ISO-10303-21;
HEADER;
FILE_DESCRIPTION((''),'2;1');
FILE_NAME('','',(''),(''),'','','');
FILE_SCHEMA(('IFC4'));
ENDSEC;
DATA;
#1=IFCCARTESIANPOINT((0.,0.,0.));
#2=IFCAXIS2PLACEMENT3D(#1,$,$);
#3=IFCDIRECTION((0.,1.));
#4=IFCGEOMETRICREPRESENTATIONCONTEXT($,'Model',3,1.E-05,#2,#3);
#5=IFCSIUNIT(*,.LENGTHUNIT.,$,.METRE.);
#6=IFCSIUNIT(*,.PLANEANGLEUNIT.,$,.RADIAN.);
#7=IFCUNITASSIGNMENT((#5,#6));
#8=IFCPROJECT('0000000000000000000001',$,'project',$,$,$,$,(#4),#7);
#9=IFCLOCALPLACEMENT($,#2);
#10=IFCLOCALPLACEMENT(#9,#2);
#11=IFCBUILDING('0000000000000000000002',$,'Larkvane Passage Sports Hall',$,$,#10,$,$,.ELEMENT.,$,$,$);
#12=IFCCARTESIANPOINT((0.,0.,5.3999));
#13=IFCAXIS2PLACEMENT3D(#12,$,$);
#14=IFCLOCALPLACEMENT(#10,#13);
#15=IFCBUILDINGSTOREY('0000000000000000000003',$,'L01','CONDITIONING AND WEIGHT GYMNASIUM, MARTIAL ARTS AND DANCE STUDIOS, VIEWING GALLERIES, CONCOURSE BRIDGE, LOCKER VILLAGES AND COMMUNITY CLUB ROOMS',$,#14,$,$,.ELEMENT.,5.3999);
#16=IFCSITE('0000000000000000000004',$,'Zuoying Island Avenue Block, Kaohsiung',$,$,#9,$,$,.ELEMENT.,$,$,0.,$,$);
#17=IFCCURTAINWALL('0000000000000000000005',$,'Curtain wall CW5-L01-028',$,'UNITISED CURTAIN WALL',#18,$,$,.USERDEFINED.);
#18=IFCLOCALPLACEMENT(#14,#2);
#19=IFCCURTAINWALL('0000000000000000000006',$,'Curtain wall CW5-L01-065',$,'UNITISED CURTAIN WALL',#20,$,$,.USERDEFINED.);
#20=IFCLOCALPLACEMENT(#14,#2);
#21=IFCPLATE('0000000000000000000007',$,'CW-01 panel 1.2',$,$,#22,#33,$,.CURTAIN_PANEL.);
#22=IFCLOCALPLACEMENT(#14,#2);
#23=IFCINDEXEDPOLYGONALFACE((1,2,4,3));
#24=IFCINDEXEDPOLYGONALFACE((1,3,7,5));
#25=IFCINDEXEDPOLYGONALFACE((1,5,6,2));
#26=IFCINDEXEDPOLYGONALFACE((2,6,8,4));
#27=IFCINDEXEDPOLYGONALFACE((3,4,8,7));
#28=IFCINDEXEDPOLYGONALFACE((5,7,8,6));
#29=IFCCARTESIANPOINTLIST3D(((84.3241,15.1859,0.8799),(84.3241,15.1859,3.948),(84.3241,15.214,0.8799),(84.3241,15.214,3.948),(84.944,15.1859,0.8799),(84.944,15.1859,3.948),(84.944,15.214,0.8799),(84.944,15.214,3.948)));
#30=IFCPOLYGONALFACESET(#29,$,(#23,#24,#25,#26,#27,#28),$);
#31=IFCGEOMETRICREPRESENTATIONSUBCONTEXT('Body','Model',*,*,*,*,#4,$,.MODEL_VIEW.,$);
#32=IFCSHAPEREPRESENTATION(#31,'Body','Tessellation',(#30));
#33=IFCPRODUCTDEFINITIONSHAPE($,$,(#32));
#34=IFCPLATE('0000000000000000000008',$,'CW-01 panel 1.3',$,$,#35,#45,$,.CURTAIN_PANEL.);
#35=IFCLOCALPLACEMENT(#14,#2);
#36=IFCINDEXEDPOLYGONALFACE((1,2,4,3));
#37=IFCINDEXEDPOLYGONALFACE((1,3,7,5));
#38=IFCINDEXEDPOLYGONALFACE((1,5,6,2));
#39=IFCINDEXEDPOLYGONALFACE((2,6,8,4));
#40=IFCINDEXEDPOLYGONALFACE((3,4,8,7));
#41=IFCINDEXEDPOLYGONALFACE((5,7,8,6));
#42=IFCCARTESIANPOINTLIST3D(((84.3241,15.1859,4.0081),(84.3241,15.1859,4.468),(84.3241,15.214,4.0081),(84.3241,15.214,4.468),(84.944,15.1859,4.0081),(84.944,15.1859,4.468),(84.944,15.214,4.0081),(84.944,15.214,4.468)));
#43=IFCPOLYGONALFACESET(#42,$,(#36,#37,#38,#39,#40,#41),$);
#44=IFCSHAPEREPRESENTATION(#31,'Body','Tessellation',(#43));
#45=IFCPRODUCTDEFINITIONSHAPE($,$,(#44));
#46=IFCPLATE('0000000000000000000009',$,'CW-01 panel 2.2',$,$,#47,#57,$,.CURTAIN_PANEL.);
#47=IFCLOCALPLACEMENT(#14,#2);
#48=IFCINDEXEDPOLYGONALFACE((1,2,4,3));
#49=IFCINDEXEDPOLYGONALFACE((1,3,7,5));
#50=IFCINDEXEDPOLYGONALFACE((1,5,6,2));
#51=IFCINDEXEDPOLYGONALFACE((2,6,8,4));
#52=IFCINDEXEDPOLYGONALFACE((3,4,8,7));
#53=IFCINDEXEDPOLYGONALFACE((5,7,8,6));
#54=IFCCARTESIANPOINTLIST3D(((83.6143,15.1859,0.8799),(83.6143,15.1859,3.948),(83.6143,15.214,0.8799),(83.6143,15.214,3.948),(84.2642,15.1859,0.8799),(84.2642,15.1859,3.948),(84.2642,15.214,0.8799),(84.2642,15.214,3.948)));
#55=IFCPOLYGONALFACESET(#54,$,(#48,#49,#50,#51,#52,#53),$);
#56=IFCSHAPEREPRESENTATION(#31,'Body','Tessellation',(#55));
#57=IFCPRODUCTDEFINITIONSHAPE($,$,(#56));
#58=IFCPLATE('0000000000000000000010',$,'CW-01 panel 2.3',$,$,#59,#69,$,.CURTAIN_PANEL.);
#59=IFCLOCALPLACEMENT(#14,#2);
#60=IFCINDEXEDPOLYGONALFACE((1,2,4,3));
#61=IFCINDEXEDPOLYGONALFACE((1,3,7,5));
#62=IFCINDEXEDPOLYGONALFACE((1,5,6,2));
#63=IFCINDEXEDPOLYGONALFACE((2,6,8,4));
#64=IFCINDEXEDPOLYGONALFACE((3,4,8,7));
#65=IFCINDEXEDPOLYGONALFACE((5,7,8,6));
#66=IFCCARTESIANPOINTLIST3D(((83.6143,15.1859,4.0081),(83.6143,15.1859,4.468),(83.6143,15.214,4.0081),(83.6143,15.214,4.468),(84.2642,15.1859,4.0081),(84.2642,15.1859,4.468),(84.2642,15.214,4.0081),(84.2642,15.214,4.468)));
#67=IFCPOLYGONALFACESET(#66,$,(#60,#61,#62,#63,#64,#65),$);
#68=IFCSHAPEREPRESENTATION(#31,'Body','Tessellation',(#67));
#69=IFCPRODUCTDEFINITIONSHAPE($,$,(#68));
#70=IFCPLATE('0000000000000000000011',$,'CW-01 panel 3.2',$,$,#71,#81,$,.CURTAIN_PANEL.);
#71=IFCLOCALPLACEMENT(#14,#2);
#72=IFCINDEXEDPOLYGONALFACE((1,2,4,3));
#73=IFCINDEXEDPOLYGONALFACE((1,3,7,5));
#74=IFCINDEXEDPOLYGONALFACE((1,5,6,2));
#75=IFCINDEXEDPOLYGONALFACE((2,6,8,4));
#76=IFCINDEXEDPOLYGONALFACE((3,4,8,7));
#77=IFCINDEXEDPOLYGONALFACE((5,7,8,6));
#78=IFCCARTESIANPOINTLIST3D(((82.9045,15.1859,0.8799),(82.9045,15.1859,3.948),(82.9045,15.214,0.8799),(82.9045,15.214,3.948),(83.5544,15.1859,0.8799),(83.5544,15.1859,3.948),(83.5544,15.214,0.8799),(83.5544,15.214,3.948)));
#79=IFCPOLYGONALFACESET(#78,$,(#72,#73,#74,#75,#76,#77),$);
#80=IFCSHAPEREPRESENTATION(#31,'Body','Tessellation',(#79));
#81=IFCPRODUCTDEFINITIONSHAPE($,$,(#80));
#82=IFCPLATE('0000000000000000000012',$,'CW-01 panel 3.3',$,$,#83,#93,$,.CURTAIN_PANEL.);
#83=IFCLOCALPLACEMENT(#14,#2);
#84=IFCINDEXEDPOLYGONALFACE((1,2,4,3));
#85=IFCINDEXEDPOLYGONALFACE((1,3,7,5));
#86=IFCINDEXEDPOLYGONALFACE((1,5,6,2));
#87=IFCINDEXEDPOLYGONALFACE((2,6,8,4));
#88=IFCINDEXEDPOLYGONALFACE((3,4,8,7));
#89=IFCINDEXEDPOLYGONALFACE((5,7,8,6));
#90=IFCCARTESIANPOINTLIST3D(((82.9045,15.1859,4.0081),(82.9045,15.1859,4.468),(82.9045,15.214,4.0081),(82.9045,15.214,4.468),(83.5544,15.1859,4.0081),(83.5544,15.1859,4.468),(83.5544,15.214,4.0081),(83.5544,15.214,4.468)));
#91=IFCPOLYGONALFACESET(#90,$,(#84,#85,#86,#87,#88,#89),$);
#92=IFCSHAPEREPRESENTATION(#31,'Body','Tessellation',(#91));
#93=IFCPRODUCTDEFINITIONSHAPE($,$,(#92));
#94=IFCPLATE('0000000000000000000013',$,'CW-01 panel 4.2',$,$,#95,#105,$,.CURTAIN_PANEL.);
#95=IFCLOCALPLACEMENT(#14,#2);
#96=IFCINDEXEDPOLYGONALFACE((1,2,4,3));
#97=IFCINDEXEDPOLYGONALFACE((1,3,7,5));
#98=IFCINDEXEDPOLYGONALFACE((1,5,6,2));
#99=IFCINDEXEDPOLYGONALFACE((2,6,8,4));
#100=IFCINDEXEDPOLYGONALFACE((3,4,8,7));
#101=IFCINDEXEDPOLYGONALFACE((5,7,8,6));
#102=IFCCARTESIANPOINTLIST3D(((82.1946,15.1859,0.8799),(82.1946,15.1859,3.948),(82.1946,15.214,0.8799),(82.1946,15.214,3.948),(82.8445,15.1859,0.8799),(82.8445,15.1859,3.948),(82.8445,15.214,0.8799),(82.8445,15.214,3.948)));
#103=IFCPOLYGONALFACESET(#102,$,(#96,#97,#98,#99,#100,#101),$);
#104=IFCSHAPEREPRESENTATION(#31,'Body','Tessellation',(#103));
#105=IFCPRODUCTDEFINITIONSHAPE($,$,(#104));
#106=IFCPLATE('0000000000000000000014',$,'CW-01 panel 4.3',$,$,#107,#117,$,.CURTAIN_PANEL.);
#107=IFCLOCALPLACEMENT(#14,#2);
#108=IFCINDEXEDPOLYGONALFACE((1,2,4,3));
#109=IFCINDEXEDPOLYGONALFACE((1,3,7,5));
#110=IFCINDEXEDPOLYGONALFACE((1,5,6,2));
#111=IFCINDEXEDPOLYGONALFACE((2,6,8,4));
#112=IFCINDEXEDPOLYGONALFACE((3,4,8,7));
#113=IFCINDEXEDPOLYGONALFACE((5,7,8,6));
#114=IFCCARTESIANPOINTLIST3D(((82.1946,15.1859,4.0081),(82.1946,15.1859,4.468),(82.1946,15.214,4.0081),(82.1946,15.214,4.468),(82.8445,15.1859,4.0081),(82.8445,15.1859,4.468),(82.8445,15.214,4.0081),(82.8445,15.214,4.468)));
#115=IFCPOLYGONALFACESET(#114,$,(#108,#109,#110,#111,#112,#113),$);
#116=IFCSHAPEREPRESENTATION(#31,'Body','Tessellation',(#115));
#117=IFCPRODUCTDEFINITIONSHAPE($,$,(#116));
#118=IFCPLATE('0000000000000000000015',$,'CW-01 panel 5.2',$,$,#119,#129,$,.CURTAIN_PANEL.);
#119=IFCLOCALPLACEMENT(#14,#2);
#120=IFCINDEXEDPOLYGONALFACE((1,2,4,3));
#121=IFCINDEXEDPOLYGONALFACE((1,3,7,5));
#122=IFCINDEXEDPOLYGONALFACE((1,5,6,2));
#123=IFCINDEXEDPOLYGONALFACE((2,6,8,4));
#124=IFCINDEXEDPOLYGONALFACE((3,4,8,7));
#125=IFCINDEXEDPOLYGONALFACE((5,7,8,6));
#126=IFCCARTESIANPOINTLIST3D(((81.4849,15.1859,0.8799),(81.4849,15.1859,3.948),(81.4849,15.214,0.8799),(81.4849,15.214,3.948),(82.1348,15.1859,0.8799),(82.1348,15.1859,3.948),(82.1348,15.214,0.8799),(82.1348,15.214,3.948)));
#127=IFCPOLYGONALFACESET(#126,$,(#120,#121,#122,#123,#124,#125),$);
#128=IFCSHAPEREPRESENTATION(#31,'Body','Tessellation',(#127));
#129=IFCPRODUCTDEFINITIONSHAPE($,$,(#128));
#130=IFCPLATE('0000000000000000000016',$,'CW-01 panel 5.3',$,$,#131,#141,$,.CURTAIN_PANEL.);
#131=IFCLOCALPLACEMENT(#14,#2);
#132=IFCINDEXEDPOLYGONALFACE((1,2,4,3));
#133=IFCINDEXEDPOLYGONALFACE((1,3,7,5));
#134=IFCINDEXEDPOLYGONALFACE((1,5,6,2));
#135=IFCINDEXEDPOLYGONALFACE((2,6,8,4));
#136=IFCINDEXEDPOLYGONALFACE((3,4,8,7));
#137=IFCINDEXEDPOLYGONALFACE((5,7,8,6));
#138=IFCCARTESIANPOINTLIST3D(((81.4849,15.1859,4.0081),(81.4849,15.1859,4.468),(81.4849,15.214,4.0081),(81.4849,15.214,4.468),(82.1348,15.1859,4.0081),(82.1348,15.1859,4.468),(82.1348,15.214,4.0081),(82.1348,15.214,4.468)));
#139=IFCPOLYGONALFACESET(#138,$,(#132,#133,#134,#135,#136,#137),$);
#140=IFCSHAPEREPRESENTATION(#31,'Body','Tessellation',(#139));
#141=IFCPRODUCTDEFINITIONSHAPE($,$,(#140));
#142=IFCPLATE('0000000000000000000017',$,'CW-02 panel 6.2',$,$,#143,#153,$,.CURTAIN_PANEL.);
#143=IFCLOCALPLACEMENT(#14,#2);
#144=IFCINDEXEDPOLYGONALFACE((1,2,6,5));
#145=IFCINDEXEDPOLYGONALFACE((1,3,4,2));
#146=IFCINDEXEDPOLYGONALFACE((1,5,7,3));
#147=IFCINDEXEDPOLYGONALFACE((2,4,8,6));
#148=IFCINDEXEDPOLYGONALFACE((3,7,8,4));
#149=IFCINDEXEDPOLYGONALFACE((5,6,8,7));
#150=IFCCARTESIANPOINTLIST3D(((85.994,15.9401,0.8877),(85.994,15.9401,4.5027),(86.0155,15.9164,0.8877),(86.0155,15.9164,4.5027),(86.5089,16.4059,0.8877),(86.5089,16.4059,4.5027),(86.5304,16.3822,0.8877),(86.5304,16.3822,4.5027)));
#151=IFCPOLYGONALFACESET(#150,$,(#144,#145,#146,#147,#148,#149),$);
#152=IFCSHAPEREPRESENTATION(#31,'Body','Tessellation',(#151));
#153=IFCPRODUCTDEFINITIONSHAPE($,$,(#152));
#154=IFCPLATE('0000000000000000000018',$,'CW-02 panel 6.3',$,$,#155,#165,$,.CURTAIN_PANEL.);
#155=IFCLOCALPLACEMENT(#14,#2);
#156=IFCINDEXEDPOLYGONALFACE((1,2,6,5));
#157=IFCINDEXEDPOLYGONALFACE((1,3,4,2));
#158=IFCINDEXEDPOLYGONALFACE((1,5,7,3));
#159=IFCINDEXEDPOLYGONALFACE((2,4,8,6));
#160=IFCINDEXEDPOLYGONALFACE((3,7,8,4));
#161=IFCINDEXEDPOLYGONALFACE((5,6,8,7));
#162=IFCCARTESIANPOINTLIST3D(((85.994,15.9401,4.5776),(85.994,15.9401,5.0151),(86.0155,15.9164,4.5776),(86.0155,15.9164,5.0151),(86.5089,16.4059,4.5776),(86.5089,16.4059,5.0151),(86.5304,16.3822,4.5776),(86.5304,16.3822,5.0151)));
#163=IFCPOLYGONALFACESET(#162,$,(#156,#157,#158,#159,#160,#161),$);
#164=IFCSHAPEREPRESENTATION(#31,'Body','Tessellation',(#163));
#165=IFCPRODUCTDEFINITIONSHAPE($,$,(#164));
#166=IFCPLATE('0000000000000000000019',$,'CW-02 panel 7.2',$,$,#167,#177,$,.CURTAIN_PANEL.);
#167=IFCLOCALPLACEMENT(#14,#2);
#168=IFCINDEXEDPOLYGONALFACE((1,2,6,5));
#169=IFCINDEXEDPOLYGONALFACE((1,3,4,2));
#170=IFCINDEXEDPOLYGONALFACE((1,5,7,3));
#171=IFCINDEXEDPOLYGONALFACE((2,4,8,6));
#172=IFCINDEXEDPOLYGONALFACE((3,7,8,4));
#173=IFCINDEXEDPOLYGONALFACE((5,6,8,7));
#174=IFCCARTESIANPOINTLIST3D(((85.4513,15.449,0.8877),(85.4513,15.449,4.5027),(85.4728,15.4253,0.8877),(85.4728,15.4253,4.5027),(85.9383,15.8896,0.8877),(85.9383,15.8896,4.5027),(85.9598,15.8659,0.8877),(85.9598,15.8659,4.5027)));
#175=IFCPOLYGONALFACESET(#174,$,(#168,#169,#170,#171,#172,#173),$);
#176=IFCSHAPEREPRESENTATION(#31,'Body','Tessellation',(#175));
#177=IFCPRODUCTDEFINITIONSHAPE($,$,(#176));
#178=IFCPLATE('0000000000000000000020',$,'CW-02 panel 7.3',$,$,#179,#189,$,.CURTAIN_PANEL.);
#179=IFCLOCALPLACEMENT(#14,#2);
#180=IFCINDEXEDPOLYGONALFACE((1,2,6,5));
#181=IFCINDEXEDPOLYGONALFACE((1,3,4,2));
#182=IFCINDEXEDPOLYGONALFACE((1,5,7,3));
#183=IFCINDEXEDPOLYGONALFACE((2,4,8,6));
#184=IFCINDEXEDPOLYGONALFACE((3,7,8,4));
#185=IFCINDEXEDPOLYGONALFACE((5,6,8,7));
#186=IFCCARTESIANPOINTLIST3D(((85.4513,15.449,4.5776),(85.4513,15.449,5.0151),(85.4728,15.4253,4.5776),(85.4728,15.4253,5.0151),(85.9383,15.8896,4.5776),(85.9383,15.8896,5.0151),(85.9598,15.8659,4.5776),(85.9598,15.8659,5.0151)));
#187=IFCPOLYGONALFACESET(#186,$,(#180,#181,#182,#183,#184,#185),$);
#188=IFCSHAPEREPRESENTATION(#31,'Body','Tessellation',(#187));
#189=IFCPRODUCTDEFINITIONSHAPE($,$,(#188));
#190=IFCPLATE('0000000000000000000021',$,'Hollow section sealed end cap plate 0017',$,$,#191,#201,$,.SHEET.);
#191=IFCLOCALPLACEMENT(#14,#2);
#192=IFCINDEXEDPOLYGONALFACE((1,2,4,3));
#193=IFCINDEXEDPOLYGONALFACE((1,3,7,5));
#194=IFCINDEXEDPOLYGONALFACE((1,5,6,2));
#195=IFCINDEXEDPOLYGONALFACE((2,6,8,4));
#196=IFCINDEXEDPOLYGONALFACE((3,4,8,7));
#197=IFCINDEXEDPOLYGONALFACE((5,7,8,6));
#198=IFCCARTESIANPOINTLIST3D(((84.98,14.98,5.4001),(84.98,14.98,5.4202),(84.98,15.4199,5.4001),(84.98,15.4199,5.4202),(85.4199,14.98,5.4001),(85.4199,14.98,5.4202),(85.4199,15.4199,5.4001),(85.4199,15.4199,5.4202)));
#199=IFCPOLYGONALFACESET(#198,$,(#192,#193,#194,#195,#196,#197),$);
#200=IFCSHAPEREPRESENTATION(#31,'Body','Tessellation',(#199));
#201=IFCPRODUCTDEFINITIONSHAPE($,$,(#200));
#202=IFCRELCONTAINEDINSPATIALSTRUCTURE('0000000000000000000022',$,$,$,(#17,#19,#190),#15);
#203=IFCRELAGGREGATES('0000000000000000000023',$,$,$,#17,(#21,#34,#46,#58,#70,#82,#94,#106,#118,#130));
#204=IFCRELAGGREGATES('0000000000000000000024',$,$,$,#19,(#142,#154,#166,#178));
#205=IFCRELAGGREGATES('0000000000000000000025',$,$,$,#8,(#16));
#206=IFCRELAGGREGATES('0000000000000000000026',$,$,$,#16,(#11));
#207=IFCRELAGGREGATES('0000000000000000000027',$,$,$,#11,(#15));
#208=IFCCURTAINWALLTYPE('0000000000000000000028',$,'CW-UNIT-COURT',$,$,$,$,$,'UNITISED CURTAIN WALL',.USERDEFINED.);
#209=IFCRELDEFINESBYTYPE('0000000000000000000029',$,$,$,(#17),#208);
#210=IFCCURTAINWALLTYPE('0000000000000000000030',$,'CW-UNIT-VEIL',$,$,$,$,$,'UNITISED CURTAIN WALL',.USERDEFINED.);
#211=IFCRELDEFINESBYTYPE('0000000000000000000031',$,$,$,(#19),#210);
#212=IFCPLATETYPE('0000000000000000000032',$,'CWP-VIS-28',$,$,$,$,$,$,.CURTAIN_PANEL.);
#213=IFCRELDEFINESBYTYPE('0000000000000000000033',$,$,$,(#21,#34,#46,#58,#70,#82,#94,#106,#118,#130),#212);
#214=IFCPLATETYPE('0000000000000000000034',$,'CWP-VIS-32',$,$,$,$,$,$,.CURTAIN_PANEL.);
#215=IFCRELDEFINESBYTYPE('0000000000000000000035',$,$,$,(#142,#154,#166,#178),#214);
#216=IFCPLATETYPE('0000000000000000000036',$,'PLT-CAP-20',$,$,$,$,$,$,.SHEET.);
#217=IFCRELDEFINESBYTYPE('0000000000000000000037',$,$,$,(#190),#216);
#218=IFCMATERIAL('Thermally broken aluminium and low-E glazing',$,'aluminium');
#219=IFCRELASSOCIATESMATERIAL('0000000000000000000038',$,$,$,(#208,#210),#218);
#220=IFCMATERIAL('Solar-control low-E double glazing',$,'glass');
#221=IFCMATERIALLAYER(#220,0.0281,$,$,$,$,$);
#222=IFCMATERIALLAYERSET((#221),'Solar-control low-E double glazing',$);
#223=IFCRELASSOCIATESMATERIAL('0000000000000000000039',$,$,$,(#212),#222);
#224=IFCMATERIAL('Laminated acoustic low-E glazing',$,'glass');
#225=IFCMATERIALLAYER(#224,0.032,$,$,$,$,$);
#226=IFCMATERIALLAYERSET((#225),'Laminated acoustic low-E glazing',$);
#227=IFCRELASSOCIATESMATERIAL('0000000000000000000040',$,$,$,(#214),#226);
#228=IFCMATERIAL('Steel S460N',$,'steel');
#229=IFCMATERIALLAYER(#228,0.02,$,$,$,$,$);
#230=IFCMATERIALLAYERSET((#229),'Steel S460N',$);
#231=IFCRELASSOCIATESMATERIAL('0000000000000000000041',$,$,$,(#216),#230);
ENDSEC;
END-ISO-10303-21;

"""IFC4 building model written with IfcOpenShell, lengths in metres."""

from ifc_helpers import new_model, si_unit, direction, frame, origin, origin_2d, place, context, subcontext, project, spatial, rectangle, extrude, material, layer, layer_set, type_object, element, aggregate, save


model = new_model("IFC4")

# Units and contexts
model_context = context("Model", 3, precision=1e-05, world=origin(), true_north=direction((0.0, 1.0)))
body_context = subcontext(model_context, "Body", "Model", "MODEL_VIEW")
ifc_project = project(units=[si_unit("LENGTHUNIT", "METRE"), si_unit("PLANEANGLEUNIT", "RADIAN")], contexts=[model_context])

# Site, building, storey
site_placement = place(None, origin())
site = spatial("IfcSite", under=ifc_project, at=site_placement, Name="Zuoying Island Avenue Block, Kaohsiung", CompositionType="ELEMENT", RefElevation=0.0)
building_placement = place(site_placement, origin())
building = spatial("IfcBuilding", under=site, at=building_placement, Name="Larkvane Passage Sports Hall", CompositionType="ELEMENT")
storey_placement = place(building_placement, frame((0.0, 0.0, 5.3999)))
storey = spatial("IfcBuildingStorey", under=building, at=storey_placement, Name="L01", Description="CONDITIONING AND WEIGHT GYMNASIUM, MARTIAL ARTS AND DANCE STUDIOS, VIEWING GALLERIES, CONCOURSE BRIDGE, LOCKER VILLAGES AND COMMUNITY CLUB ROOMS", CompositionType="ELEMENT", Elevation=5.3999)

# Curtain walls
ifc_material_1 = material(Name="Thermally broken aluminium and low-E glazing", Category="aluminium")
curtain_wall_type_1 = type_object("IfcCurtainWallType", Name="CW-UNIT-COURT", ElementType="UNITISED CURTAIN WALL", PredefinedType="USERDEFINED", material=ifc_material_1)
curtain_wall_1_placement = place(storey_placement, origin())
curtain_wall_1 = element("IfcCurtainWall", 1, at=curtain_wall_1_placement, inside=storey, type_object=curtain_wall_type_1, Name="Curtain wall CW5-L01-028", ObjectType="UNITISED CURTAIN WALL", PredefinedType="USERDEFINED")
curtain_wall_type_2 = type_object("IfcCurtainWallType", Name="CW-UNIT-VEIL", ElementType="UNITISED CURTAIN WALL", PredefinedType="USERDEFINED", material=ifc_material_1)
curtain_wall_2_placement = place(storey_placement, origin())
curtain_wall_2 = element("IfcCurtainWall", 2, at=curtain_wall_2_placement, inside=storey, type_object=curtain_wall_type_2, Name="Curtain wall CW5-L01-065", ObjectType="UNITISED CURTAIN WALL", PredefinedType="USERDEFINED")

# Plates
ifc_material_2 = material(Name="Solar-control low-E double glazing", Category="glass")
ifc_layer_1 = layer(ifc_material_2, 0.0281)
ifc_layer_set_1 = layer_set([ifc_layer_1], Name="Solar-control low-E double glazing")
plate_type_1 = type_object("IfcPlateType", Name="CWP-VIS-28", PredefinedType="CURTAIN_PANEL", material=ifc_layer_set_1)
plate_1_placement = place(storey_placement, frame((84.634, 15.2, 0.8799), z_axis=(0.0, 0.0, 1.0), x_axis=(-1.0, 0.0, 0.0)))
plate_1 = element("IfcPlate", 3, at=plate_1_placement, type_object=plate_type_1, Name="CW-01 panel 1.2", PredefinedType="CURTAIN_PANEL", context=body_context, shape_type="SweptSolid", body=[
    extrude(rectangle(XDim=0.6199, YDim=0.0281, at=origin_2d()), origin(), (0.0, 0.0, 1.0), 3.0681),
])
plate_2_placement = place(storey_placement, frame((84.634, 15.2, 4.0081), z_axis=(0.0, 0.0, 1.0), x_axis=(-1.0, 0.0, 0.0)))
plate_2 = element("IfcPlate", 4, at=plate_2_placement, type_object=plate_type_1, Name="CW-01 panel 1.3", PredefinedType="CURTAIN_PANEL", context=body_context, shape_type="SweptSolid", body=[
    extrude(rectangle(XDim=0.6199, YDim=0.0281, at=origin_2d()), origin(), (0.0, 0.0, 1.0), 0.46),
])
plate_3_placement = place(storey_placement, frame((83.9392, 15.2, 0.8799), z_axis=(0.0, 0.0, 1.0), x_axis=(-1.0, 0.0, 0.0)))
plate_3 = element("IfcPlate", 5, at=plate_3_placement, type_object=plate_type_1, Name="CW-01 panel 2.2", PredefinedType="CURTAIN_PANEL", context=body_context, shape_type="SweptSolid", body=[
    extrude(rectangle(XDim=0.6499, YDim=0.0281, at=origin_2d()), origin(), (0.0, 0.0, 1.0), 3.0681),
])
plate_4_placement = place(storey_placement, frame((83.9392, 15.2, 4.0081), z_axis=(0.0, 0.0, 1.0), x_axis=(-1.0, 0.0, 0.0)))
plate_4 = element("IfcPlate", 6, at=plate_4_placement, type_object=plate_type_1, Name="CW-01 panel 2.3", PredefinedType="CURTAIN_PANEL", context=body_context, shape_type="SweptSolid", body=[
    extrude(rectangle(XDim=0.6499, YDim=0.0281, at=origin_2d()), origin(), (0.0, 0.0, 1.0), 0.46),
])
plate_5_placement = place(storey_placement, frame((83.2295, 15.2, 0.8799), z_axis=(0.0, 0.0, 1.0), x_axis=(-1.0, 0.0, 0.0)))
plate_5 = element("IfcPlate", 7, at=plate_5_placement, type_object=plate_type_1, Name="CW-01 panel 3.2", PredefinedType="CURTAIN_PANEL", context=body_context, shape_type="SweptSolid", body=[
    extrude(rectangle(XDim=0.6499, YDim=0.0281, at=origin_2d()), origin(), (0.0, 0.0, 1.0), 3.0681),
])
plate_6_placement = place(storey_placement, frame((83.2295, 15.2, 4.0081), z_axis=(0.0, 0.0, 1.0), x_axis=(-1.0, 0.0, 0.0)))
plate_6 = element("IfcPlate", 8, at=plate_6_placement, type_object=plate_type_1, Name="CW-01 panel 3.3", PredefinedType="CURTAIN_PANEL", context=body_context, shape_type="SweptSolid", body=[
    extrude(rectangle(XDim=0.6499, YDim=0.0281, at=origin_2d()), origin(), (0.0, 0.0, 1.0), 0.46),
])
plate_7_placement = place(storey_placement, frame((82.5195, 15.2, 0.8799), z_axis=(0.0, 0.0, 1.0), x_axis=(-1.0, 0.0, 0.0)))
plate_7 = element("IfcPlate", 9, at=plate_7_placement, type_object=plate_type_1, Name="CW-01 panel 4.2", PredefinedType="CURTAIN_PANEL", context=body_context, shape_type="SweptSolid", body=[
    extrude(rectangle(XDim=0.6499, YDim=0.0281, at=origin_2d()), origin(), (0.0, 0.0, 1.0), 3.0681),
])
plate_8_placement = place(storey_placement, frame((82.5195, 15.2, 4.0081), z_axis=(0.0, 0.0, 1.0), x_axis=(-1.0, 0.0, 0.0)))
plate_8 = element("IfcPlate", 10, at=plate_8_placement, type_object=plate_type_1, Name="CW-01 panel 4.3", PredefinedType="CURTAIN_PANEL", context=body_context, shape_type="SweptSolid", body=[
    extrude(rectangle(XDim=0.6499, YDim=0.0281, at=origin_2d()), origin(), (0.0, 0.0, 1.0), 0.46),
])
plate_9_placement = place(storey_placement, frame((81.8098, 15.2, 0.8799), z_axis=(0.0, 0.0, 1.0), x_axis=(-1.0, 0.0, 0.0)))
plate_9 = element("IfcPlate", 11, at=plate_9_placement, type_object=plate_type_1, Name="CW-01 panel 5.2", PredefinedType="CURTAIN_PANEL", context=body_context, shape_type="SweptSolid", body=[
    extrude(rectangle(XDim=0.6499, YDim=0.0281, at=origin_2d()), origin(), (0.0, 0.0, 1.0), 3.0681),
])
plate_10_placement = place(storey_placement, frame((81.8098, 15.2, 4.0081), z_axis=(0.0, 0.0, 1.0), x_axis=(-1.0, 0.0, 0.0)))
plate_10 = element("IfcPlate", 12, at=plate_10_placement, type_object=plate_type_1, Name="CW-01 panel 5.3", PredefinedType="CURTAIN_PANEL", context=body_context, shape_type="SweptSolid", body=[
    extrude(rectangle(XDim=0.6499, YDim=0.0281, at=origin_2d()), origin(), (0.0, 0.0, 1.0), 0.46),
])
aggregate(curtain_wall_1, [plate_1, plate_2, plate_3, plate_4, plate_5, plate_6, plate_7, plate_8, plate_9, plate_10])
ifc_material_3 = material(Name="Laminated acoustic low-E glazing", Category="glass")
ifc_layer_2 = layer(ifc_material_3, 0.032)
ifc_layer_set_2 = layer_set([ifc_layer_2], Name="Laminated acoustic low-E glazing")
plate_type_2 = type_object("IfcPlateType", Name="CWP-VIS-32", PredefinedType="CURTAIN_PANEL", material=ifc_layer_set_2)
plate_11_placement = place(storey_placement, frame((86.2622, 16.1611, 0.8877), z_axis=(0.0, 0.0, 1.0), x_axis=(-0.741533, -0.670917, 0.0)))
plate_11 = element("IfcPlate", 13, at=plate_11_placement, type_object=plate_type_2, Name="CW-02 panel 6.2", PredefinedType="CURTAIN_PANEL", context=body_context, shape_type="SweptSolid", body=[
    extrude(rectangle(XDim=0.6943, YDim=0.032, at=origin_2d()), origin(), (0.0, 0.0, 1.0), 3.615),
])
plate_12_placement = place(storey_placement, frame((86.2622, 16.1611, 4.5776), z_axis=(0.0, 0.0, 1.0), x_axis=(-0.741533, -0.670917, 0.0)))
plate_12 = element("IfcPlate", 14, at=plate_12_placement, type_object=plate_type_2, Name="CW-02 panel 6.3", PredefinedType="CURTAIN_PANEL", context=body_context, shape_type="SweptSolid", body=[
    extrude(rectangle(XDim=0.6943, YDim=0.032, at=origin_2d()), origin(), (0.0, 0.0, 1.0), 0.4375),
])
plate_13_placement = place(storey_placement, frame((85.7056, 15.6575, 0.8877), z_axis=(0.0, 0.0, 1.0), x_axis=(-0.741533, -0.670917, 0.0)))
plate_13 = element("IfcPlate", 15, at=plate_13_placement, type_object=plate_type_2, Name="CW-02 panel 7.2", PredefinedType="CURTAIN_PANEL", context=body_context, shape_type="SweptSolid", body=[
    extrude(rectangle(XDim=0.6567, YDim=0.032, at=origin_2d()), origin(), (0.0, 0.0, 1.0), 3.615),
])
plate_14_placement = place(storey_placement, frame((85.7056, 15.6575, 4.5776), z_axis=(0.0, 0.0, 1.0), x_axis=(-0.741533, -0.670917, 0.0)))
plate_14 = element("IfcPlate", 16, at=plate_14_placement, type_object=plate_type_2, Name="CW-02 panel 7.3", PredefinedType="CURTAIN_PANEL", context=body_context, shape_type="SweptSolid", body=[
    extrude(rectangle(XDim=0.6567, YDim=0.032, at=origin_2d()), origin(), (0.0, 0.0, 1.0), 0.4375),
])
aggregate(curtain_wall_2, [plate_11, plate_12, plate_13, plate_14])
ifc_material_4 = material(Name="Steel S460N", Category="steel")
ifc_layer_3 = layer(ifc_material_4, 0.02)
ifc_layer_set_3 = layer_set([ifc_layer_3], Name="Steel S460N")
plate_type_3 = type_object("IfcPlateType", Name="PLT-CAP-20", PredefinedType="SHEET", material=ifc_layer_set_3)
plate_15_placement = place(storey_placement, frame((85.2, 15.2, 5.4001), z_axis=(0.0, 0.0, 1.0), x_axis=(1.0, 0.0, 0.0)))
element("IfcPlate", 17, at=plate_15_placement, inside=storey, type_object=plate_type_3, Name="Hollow section sealed end cap plate 0017", PredefinedType="SHEET", context=body_context, shape_type="SweptSolid", body=[
    extrude(rectangle(XDim=0.4399, YDim=0.4399, at=origin_2d()), origin(), (0.0, 0.0, 1.0), 0.02),
])

save(model, "model.ifc")
